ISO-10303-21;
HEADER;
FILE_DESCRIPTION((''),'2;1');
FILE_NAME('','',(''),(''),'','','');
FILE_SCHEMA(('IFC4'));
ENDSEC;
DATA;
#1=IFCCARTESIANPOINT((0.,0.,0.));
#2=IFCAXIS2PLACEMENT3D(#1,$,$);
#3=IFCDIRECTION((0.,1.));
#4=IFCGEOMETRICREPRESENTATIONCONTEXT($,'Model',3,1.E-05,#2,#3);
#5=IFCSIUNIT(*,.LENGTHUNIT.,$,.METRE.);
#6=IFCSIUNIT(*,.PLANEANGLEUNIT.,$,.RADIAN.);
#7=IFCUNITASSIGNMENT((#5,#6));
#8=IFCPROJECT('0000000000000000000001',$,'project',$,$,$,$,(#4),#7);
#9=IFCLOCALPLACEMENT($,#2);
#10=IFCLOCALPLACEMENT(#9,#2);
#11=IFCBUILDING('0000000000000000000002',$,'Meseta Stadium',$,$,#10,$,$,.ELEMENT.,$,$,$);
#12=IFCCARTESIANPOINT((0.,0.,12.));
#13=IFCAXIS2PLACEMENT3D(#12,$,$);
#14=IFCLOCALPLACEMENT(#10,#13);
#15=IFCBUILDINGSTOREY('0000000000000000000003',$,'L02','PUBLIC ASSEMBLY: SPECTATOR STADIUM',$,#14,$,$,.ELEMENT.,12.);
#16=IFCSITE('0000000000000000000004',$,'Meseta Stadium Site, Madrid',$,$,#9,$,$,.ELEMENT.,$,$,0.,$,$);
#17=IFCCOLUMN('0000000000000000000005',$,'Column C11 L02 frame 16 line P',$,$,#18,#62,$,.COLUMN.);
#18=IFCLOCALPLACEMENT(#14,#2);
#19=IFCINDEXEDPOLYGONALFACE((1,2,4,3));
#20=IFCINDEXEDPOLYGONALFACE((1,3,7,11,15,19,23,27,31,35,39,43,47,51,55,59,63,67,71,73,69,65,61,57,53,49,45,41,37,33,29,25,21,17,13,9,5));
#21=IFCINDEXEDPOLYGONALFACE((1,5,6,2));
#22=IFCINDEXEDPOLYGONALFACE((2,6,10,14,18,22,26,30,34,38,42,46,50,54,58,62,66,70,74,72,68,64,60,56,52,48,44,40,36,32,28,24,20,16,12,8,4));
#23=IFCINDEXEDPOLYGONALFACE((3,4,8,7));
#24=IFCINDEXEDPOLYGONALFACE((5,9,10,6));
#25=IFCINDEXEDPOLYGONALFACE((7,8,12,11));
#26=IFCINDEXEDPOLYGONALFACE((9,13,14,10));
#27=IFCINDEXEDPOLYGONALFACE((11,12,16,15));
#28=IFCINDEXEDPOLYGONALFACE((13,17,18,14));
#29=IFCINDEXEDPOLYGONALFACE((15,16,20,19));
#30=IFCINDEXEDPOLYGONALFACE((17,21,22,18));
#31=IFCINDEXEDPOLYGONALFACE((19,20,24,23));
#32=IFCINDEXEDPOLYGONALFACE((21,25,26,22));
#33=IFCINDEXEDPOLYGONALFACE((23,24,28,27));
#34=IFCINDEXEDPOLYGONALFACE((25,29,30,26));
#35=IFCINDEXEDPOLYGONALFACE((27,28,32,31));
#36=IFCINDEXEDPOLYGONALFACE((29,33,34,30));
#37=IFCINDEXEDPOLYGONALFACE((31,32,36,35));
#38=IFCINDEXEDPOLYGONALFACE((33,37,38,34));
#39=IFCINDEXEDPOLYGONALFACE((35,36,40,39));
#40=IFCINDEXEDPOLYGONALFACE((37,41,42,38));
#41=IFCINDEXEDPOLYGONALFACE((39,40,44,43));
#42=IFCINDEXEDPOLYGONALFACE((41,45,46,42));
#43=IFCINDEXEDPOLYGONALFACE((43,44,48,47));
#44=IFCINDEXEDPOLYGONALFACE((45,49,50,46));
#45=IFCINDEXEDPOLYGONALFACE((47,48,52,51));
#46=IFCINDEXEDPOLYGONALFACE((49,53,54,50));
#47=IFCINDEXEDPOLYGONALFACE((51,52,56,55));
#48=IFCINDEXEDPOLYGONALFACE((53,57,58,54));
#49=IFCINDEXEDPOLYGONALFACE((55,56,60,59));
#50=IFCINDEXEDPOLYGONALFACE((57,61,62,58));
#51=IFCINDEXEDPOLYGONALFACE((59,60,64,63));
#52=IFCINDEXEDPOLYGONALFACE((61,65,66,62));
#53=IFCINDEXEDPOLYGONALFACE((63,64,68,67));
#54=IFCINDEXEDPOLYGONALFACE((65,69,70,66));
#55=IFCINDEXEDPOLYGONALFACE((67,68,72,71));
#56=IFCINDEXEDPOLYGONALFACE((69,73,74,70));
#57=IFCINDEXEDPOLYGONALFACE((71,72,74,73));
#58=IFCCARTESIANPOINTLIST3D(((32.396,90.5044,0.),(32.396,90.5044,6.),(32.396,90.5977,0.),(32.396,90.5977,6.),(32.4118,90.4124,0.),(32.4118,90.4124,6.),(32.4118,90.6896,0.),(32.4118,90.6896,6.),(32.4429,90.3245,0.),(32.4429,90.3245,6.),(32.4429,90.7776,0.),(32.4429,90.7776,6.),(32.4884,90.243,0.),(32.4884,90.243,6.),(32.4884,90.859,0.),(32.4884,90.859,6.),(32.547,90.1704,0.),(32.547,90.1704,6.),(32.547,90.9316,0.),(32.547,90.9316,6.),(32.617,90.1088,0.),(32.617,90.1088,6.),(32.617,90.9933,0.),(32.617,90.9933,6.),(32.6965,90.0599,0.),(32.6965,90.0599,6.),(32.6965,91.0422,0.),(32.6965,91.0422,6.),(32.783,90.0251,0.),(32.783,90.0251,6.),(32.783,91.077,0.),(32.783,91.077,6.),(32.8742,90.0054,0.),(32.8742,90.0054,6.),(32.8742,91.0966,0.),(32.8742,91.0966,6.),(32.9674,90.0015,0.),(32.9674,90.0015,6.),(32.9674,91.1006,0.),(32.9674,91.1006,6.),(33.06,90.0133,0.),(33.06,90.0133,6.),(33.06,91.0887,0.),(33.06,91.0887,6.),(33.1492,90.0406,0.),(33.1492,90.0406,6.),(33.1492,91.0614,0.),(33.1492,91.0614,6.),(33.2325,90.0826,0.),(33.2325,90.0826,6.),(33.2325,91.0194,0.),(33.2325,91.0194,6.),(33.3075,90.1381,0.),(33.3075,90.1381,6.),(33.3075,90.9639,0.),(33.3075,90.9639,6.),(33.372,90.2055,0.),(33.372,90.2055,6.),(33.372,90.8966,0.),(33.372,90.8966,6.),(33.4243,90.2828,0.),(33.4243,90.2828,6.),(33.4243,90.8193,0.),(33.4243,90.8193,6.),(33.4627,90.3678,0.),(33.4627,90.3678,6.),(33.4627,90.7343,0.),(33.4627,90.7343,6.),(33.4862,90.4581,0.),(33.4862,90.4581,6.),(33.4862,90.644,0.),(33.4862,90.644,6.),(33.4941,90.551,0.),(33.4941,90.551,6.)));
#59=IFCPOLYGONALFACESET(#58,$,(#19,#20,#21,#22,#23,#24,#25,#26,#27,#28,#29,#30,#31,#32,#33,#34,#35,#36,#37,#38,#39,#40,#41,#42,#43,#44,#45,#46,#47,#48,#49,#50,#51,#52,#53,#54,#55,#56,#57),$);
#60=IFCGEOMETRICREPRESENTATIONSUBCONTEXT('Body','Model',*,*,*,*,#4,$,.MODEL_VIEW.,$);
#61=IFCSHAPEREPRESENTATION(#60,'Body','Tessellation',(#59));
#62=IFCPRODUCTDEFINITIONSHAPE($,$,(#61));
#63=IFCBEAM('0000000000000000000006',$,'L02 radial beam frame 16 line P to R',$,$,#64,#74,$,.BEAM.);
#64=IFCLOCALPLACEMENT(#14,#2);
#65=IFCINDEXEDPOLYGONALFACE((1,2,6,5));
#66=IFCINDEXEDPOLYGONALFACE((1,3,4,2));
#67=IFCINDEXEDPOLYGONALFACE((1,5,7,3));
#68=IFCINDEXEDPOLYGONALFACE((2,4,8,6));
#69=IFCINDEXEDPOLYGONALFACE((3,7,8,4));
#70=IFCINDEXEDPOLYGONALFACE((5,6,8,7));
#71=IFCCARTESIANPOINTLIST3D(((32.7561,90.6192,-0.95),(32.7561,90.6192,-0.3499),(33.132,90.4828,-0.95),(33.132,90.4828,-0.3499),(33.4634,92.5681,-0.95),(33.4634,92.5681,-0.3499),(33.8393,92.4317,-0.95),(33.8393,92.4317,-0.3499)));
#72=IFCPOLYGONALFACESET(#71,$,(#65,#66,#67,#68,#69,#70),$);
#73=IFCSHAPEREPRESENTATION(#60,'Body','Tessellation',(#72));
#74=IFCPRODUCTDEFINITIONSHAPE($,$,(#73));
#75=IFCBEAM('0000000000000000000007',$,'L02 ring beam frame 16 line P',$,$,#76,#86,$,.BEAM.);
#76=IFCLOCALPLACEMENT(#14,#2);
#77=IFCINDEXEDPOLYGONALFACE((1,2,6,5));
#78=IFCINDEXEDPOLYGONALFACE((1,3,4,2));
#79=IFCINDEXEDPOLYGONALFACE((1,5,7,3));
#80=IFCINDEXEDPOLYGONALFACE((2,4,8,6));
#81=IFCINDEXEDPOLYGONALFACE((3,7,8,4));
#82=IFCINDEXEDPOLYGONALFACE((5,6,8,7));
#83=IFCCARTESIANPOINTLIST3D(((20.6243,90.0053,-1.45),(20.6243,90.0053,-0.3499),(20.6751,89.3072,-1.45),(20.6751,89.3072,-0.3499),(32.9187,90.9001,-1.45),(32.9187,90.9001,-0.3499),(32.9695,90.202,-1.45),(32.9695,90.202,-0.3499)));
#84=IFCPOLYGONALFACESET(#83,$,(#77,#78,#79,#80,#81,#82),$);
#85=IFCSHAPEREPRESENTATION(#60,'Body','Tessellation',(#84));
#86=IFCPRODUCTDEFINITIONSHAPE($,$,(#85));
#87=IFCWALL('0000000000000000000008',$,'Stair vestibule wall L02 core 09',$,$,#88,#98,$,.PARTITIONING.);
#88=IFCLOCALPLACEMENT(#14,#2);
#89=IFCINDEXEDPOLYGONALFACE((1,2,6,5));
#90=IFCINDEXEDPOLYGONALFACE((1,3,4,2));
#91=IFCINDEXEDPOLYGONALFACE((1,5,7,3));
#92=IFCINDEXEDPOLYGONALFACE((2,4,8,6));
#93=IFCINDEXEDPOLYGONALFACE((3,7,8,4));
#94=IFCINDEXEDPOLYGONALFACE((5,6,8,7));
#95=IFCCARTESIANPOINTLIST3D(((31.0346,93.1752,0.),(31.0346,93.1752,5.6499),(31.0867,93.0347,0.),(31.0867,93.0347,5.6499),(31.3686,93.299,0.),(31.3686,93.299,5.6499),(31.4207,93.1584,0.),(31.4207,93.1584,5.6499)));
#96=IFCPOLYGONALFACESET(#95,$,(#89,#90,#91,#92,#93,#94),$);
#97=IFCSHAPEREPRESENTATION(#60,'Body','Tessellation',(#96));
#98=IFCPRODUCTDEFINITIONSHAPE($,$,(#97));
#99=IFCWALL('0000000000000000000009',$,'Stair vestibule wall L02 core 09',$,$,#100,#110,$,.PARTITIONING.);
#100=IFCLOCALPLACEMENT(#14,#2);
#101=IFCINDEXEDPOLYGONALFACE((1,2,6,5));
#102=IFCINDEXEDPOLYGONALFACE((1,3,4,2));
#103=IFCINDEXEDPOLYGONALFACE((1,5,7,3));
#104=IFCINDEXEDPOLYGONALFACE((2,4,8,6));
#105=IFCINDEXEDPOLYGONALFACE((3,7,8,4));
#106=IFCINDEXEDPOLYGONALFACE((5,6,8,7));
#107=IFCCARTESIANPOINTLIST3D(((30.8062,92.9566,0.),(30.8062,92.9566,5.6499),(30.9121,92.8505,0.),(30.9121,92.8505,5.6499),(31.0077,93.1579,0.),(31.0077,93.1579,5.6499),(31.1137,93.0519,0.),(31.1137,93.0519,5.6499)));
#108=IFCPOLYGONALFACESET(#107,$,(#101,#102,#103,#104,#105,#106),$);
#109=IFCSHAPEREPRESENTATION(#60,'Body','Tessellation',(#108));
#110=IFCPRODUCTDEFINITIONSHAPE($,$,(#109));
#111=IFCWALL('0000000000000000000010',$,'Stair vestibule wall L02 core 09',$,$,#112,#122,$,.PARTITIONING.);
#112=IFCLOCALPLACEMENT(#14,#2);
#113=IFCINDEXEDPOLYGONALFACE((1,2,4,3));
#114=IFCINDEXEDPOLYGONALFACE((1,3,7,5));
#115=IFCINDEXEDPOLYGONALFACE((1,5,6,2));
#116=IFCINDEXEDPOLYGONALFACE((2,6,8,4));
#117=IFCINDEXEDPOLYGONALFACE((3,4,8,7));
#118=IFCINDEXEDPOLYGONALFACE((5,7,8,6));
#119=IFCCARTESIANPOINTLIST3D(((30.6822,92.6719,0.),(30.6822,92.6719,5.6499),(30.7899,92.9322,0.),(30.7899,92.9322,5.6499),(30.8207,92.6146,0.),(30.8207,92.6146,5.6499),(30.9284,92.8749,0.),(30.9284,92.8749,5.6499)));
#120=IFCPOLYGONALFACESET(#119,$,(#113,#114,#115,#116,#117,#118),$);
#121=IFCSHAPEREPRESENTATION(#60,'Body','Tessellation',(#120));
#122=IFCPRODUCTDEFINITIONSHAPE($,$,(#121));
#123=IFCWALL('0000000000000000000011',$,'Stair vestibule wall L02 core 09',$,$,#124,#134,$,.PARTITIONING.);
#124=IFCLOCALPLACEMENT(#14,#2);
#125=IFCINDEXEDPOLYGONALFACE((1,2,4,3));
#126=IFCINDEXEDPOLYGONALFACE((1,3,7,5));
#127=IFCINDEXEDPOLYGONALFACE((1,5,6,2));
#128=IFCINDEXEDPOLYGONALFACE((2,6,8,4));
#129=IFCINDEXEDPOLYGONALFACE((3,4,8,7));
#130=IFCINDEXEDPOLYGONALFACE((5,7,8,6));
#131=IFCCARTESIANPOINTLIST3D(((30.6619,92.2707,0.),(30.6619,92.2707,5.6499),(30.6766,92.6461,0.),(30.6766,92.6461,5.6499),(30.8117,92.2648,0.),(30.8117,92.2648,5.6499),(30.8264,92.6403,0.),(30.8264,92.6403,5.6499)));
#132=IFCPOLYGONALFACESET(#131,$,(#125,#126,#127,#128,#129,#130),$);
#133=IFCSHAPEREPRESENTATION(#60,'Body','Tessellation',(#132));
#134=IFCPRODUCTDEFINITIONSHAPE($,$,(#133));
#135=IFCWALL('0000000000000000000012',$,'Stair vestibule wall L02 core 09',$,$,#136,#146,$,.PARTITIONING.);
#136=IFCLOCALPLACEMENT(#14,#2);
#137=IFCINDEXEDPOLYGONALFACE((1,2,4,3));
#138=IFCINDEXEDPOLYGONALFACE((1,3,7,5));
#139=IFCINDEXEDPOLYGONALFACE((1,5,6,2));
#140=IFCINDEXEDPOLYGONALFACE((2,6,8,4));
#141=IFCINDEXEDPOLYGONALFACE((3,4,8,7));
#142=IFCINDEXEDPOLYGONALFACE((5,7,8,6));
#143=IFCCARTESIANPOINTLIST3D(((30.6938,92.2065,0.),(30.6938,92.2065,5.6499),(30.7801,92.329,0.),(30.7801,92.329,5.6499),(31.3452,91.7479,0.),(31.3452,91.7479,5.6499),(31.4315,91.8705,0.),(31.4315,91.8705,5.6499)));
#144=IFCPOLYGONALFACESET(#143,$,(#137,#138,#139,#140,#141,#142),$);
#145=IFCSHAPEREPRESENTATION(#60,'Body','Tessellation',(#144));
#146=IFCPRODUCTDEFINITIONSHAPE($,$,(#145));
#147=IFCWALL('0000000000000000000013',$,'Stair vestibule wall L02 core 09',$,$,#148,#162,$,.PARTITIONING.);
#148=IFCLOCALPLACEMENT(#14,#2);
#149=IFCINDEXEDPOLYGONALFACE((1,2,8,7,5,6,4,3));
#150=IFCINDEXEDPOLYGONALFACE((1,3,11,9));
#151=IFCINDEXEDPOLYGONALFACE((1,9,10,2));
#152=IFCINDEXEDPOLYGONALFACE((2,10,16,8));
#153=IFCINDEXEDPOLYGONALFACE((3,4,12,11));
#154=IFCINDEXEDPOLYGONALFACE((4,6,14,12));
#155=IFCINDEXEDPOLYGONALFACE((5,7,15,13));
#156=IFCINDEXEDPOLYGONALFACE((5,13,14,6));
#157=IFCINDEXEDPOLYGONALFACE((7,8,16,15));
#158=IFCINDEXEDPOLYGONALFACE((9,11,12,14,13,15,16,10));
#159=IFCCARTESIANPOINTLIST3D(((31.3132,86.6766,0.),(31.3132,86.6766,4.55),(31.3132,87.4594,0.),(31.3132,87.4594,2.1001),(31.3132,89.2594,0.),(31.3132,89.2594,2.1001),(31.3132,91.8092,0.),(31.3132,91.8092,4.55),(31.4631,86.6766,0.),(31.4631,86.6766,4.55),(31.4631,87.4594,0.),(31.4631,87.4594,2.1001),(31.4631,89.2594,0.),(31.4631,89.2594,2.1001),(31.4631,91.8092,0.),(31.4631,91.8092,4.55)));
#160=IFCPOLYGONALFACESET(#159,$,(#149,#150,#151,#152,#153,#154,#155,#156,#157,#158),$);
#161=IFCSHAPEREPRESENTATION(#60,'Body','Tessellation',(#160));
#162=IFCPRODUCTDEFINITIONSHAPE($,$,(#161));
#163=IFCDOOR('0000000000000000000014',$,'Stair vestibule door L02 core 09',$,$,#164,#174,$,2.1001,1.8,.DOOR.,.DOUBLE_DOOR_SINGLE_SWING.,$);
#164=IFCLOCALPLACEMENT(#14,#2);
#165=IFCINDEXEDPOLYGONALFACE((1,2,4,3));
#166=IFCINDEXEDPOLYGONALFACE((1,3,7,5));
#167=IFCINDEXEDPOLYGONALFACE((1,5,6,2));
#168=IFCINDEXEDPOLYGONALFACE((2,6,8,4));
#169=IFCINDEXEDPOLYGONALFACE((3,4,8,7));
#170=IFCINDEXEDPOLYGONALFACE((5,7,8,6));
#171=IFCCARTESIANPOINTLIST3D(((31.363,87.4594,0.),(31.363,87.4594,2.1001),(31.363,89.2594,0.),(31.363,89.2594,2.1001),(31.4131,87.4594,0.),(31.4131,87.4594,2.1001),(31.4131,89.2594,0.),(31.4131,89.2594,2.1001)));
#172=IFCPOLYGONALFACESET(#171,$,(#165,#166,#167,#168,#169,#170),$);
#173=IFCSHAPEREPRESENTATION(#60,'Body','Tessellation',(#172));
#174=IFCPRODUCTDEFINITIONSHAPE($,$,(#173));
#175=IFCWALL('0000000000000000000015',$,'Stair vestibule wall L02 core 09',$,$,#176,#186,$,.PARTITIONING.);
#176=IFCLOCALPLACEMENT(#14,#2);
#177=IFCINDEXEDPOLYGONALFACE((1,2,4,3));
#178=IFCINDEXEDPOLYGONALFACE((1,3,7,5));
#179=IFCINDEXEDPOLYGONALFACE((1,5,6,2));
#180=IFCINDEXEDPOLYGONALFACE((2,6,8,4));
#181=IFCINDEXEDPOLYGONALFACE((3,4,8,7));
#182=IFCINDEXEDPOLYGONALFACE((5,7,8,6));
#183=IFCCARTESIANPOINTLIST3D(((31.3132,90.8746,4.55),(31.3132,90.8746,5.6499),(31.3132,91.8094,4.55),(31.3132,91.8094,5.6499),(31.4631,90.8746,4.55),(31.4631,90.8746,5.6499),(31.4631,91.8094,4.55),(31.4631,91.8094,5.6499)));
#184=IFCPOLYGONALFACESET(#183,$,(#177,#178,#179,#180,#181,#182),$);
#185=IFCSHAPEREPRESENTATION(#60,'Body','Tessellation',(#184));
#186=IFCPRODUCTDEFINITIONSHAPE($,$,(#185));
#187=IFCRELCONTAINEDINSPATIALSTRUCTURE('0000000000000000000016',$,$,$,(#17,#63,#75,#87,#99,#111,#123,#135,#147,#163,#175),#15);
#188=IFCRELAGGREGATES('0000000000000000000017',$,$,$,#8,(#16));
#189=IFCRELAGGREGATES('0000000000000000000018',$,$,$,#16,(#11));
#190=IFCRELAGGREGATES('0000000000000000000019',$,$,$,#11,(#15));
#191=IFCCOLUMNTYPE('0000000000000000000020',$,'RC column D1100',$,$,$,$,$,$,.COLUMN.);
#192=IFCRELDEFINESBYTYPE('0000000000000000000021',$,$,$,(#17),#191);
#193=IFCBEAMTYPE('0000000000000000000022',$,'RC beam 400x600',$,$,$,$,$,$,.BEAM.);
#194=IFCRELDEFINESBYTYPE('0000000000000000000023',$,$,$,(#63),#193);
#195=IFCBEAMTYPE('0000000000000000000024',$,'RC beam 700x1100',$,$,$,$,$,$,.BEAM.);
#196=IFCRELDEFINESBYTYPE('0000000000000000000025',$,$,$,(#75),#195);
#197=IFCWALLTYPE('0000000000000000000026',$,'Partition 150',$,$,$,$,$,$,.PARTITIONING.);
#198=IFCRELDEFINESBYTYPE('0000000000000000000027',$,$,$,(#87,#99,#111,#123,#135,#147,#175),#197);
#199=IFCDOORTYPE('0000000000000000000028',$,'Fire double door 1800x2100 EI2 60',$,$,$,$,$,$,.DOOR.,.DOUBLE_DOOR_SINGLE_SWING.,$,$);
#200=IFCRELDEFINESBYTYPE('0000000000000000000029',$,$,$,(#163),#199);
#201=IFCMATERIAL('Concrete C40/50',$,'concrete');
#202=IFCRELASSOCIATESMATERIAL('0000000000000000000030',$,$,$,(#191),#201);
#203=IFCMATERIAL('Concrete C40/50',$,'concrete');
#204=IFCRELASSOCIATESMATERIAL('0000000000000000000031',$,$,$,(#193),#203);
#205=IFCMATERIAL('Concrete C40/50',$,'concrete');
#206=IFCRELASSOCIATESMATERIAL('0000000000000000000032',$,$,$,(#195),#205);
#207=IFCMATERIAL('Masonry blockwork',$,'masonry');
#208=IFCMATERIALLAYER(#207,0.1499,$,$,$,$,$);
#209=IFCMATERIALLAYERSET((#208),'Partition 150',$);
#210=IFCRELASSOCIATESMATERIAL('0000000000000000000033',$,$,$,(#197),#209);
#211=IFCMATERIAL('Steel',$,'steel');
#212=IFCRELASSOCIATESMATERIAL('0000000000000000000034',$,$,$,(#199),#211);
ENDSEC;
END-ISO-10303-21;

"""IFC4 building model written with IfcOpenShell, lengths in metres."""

from ifc_helpers import new_model, si_unit, direction, frame, frame_2d, origin, origin_2d, place, context, subcontext, project, spatial, rectangle, circle, extrude, material, layer, layer_set, material_profile, profile_set, type_object, element, fill, save


model = new_model("IFC4")

# Units and contexts
model_context = context("Model", 3, precision=1e-05, world=origin(), true_north=direction((0.0, 1.0)))
body_context = subcontext(model_context, "Body", "Model", "MODEL_VIEW")
ifc_project = project(units=[si_unit("LENGTHUNIT", "METRE"), si_unit("PLANEANGLEUNIT", "RADIAN")], contexts=[model_context])

# Site, building, storey
site_placement = place(None, origin())
site = spatial("IfcSite", under=ifc_project, at=site_placement, Name="Meseta Stadium Site, Madrid", CompositionType="ELEMENT", RefElevation=0.0)
building_placement = place(site_placement, origin())
building = spatial("IfcBuilding", under=site, at=building_placement, Name="Meseta Stadium", CompositionType="ELEMENT")
storey_placement = place(building_placement, frame((0.0, 0.0, 12.0)))
storey = spatial("IfcBuildingStorey", under=building, at=storey_placement, Name="L02", Description="PUBLIC ASSEMBLY: SPECTATOR STADIUM", CompositionType="ELEMENT", Elevation=12.0)

# Column
ifc_material_1 = material(Name="Concrete C40/50", Category="concrete")
ifc_material_profile_1 = material_profile(ifc_material_1, circle(Radius=0.55, at=origin_2d()), Name="RC D1100")
ifc_profile_set_1 = profile_set([ifc_material_profile_1], Name="Concrete C40/50")
column_type = type_object("IfcColumnType", Name="RC column D1100", PredefinedType="COLUMN", material=ifc_profile_set_1)
column_placement = place(storey_placement, frame((32.9441, 90.551, 0.0), z_axis=(0.0, 0.0, 1.0), x_axis=(1.0, 0.0, 0.0)))
element("IfcColumn", 1, at=column_placement, inside=storey, type_object=column_type, Name="Column C11 L02 frame 16 line P", PredefinedType="COLUMN", context=body_context, shape_type="SweptSolid", body=[
    extrude(circle(Radius=0.55, at=origin_2d()), origin(), (0.0, 0.0, 1.0), 6.0),
])

# Beams
ifc_material_2 = material(Name="Concrete C40/50", Category="concrete")
ifc_material_profile_2 = material_profile(ifc_material_2, rectangle(XDim=0.3999, YDim=0.6001, at=origin_2d()), Name="RC 400x600")
ifc_profile_set_2 = profile_set([ifc_material_profile_2], Name="Concrete C40/50")
beam_type_1 = type_object("IfcBeamType", Name="RC beam 400x600", PredefinedType="BEAM", material=ifc_profile_set_2)
beam_1_placement = place(storey_placement, frame((32.9441, 90.551, -0.6499), z_axis=(0.341128, 0.940017, 0.0), x_axis=(-0.940017, 0.341128, 0.0)))
element("IfcBeam", 2, at=beam_1_placement, inside=storey, type_object=beam_type_1, Name="L02 radial beam frame 16 line P to R", PredefinedType="BEAM", context=body_context, shape_type="SweptSolid", body=[
    extrude(rectangle(XDim=0.3999, YDim=0.6001, at=origin_2d()), origin(), (0.0, 0.0, 1.0), 2.0732),
])
ifc_material_3 = material(Name="Concrete C40/50", Category="concrete")
ifc_material_profile_3 = material_profile(ifc_material_3, rectangle(XDim=0.7, YDim=1.1001, at=origin_2d()), Name="RC 700x1100")
ifc_profile_set_3 = profile_set([ifc_material_profile_3], Name="Concrete C40/50")
beam_type_2 = type_object("IfcBeamType", Name="RC beam 700x1100", PredefinedType="BEAM", material=ifc_profile_set_3)
beam_2_placement = place(storey_placement, frame((32.9441, 90.551, -0.8999), z_axis=(-0.997362, -0.072587, 0.0), x_axis=(0.072587, -0.997362, 0.0)))
element("IfcBeam", 3, at=beam_2_placement, inside=storey, type_object=beam_type_2, Name="L02 ring beam frame 16 line P", PredefinedType="BEAM", context=body_context, shape_type="SweptSolid", body=[
    extrude(rectangle(XDim=0.7, YDim=1.1001, at=origin_2d()), origin(), (0.0, 0.0, 1.0), 12.3269),
])

# Walls
ifc_material_4 = material(Name="Masonry blockwork", Category="masonry")
ifc_layer = layer(ifc_material_4, 0.1499)
ifc_layer_set = layer_set([ifc_layer], Name="Partition 150")
wall_type = type_object("IfcWallType", Name="Partition 150", PredefinedType="PARTITIONING", material=ifc_layer_set)
wall_1_placement = place(storey_placement, frame((31.3948, 93.2288, 0.0), z_axis=(0.0, 0.0, 1.0), x_axis=(-0.937674, -0.347515, 0.0)))
element("IfcWall", 4, at=wall_1_placement, inside=storey, type_object=wall_type, Name="Stair vestibule wall L02 core 09", PredefinedType="PARTITIONING", context=body_context, shape_type="SweptSolid", body=[
    extrude(rectangle(XDim=0.3562, YDim=0.1499, at=frame_2d((0.1782, 0.0))), origin(), (0.0, 0.0, 1.0), 5.6499),
])
wall_2_placement = place(storey_placement, frame((31.0608, 93.105, 0.0), z_axis=(0.0, 0.0, 1.0), x_axis=(-0.707535, -0.706678, 0.0)))
element("IfcWall", 5, at=wall_2_placement, inside=storey, type_object=wall_type, Name="Stair vestibule wall L02 core 09", PredefinedType="PARTITIONING", context=body_context, shape_type="SweptSolid", body=[
    extrude(rectangle(XDim=0.2849, YDim=0.1499, at=frame_2d((0.1426, 0.0))), origin(), (0.0, 0.0, 1.0), 5.6499),
])
wall_3_placement = place(storey_placement, frame((30.8591, 92.9036, 0.0), z_axis=(0.0, 0.0, 1.0), x_axis=(-0.382275, -0.924049, 0.0)))
element("IfcWall", 6, at=wall_3_placement, inside=storey, type_object=wall_type, Name="Stair vestibule wall L02 core 09", PredefinedType="PARTITIONING", context=body_context, shape_type="SweptSolid", body=[
    extrude(rectangle(XDim=0.2817, YDim=0.1499, at=frame_2d((0.1409, 0.0))), origin(), (0.0, 0.0, 1.0), 5.6499),
])
wall_4_placement = place(storey_placement, frame((30.7515, 92.6433, 0.0), z_axis=(0.0, 0.0, 1.0), x_axis=(-0.038982, -0.99924, 0.0)))
element("IfcWall", 7, at=wall_4_placement, inside=storey, type_object=wall_type, Name="Stair vestibule wall L02 core 09", PredefinedType="PARTITIONING", context=body_context, shape_type="SweptSolid", body=[
    extrude(rectangle(XDim=0.3757, YDim=0.1499, at=frame_2d((0.188, 0.0))), origin(), (0.0, 0.0, 1.0), 5.6499),
])
wall_5_placement = place(storey_placement, frame((30.7368, 92.2678, 0.0), z_axis=(0.0, 0.0, 1.0), x_axis=(0.817732, -0.5756, 0.0)))
element("IfcWall", 8, at=wall_5_placement, inside=storey, type_object=wall_type, Name="Stair vestibule wall L02 core 09", PredefinedType="PARTITIONING", context=body_context, shape_type="SweptSolid", body=[
    extrude(rectangle(XDim=0.7966, YDim=0.1499, at=frame_2d((0.3984, 0.0))), origin(), (0.0, 0.0, 1.0), 5.6499),
])

# Wall, opening, door
wall_6_placement = place(storey_placement, frame((31.3882, 91.8093, 0.0), z_axis=(0.0, 0.0, 1.0), x_axis=(0.0, -1.0, 0.0)))
wall_6 = element("IfcWall", 9, at=wall_6_placement, inside=storey, type_object=wall_type, Name="Stair vestibule wall L02 core 09", PredefinedType="PARTITIONING", context=body_context, shape_type="SweptSolid", body=[
    extrude(rectangle(XDim=5.1326, YDim=0.1499, at=frame_2d((2.5664, 0.0))), origin(), (0.0, 0.0, 1.0), 4.55),
])
opening_placement = place(wall_6_placement, frame((2.55, 0.0, 0.0)))
opening = element("IfcOpeningElement", 10, at=opening_placement, cuts=wall_6, PredefinedType="OPENING", context=body_context, shape_type="SweptSolid", body=[
    extrude(rectangle(XDim=1.8, YDim=2.1001, at=frame_2d((0.8999, 1.05))), frame((0.0, 0.085, 0.0), z_axis=(0.0, -1.0, 0.0), x_axis=(1.0, 0.0, 0.0)), (0.0, 0.0, 1.0), 0.1699),
])
ifc_material_5 = material(Name="Steel", Category="steel")
door_type = type_object("IfcDoorType", Name="Fire double door 1800x2100 EI2 60", OperationType="DOUBLE_DOOR_SINGLE_SWING", PredefinedType="DOOR", material=ifc_material_5)
door_placement = place(opening_placement, origin())
door = element("IfcDoor", 11, at=door_placement, inside=storey, type_object=door_type, Name="Stair vestibule door L02 core 09", OperationType="DOUBLE_DOOR_SINGLE_SWING", OverallHeight=2.1001, OverallWidth=1.8, PredefinedType="DOOR", context=body_context, shape_type="SweptSolid", body=[
    extrude(rectangle(XDim=1.8, YDim=2.1001, at=frame_2d((0.8999, 1.05))), frame((0.0, 0.0249, 0.0), z_axis=(0.0, -1.0, 0.0), x_axis=(1.0, 0.0, 0.0)), (0.0, 0.0, 1.0), 0.05),
])
fill(opening, door)

# Wall
wall_7_placement = place(storey_placement, frame((31.3882, 91.8093, 4.55), z_axis=(0.0, 0.0, 1.0), x_axis=(0.0, -1.0, 0.0)))
element("IfcWall", 12, at=wall_7_placement, inside=storey, type_object=wall_type, Name="Stair vestibule wall L02 core 09", PredefinedType="PARTITIONING", context=body_context, shape_type="SweptSolid", body=[
    extrude(rectangle(XDim=0.9348, YDim=0.1499, at=frame_2d((0.4673, 0.0))), origin(), (0.0, 0.0, 1.0), 1.0999),
])

save(model, "model.ifc")
